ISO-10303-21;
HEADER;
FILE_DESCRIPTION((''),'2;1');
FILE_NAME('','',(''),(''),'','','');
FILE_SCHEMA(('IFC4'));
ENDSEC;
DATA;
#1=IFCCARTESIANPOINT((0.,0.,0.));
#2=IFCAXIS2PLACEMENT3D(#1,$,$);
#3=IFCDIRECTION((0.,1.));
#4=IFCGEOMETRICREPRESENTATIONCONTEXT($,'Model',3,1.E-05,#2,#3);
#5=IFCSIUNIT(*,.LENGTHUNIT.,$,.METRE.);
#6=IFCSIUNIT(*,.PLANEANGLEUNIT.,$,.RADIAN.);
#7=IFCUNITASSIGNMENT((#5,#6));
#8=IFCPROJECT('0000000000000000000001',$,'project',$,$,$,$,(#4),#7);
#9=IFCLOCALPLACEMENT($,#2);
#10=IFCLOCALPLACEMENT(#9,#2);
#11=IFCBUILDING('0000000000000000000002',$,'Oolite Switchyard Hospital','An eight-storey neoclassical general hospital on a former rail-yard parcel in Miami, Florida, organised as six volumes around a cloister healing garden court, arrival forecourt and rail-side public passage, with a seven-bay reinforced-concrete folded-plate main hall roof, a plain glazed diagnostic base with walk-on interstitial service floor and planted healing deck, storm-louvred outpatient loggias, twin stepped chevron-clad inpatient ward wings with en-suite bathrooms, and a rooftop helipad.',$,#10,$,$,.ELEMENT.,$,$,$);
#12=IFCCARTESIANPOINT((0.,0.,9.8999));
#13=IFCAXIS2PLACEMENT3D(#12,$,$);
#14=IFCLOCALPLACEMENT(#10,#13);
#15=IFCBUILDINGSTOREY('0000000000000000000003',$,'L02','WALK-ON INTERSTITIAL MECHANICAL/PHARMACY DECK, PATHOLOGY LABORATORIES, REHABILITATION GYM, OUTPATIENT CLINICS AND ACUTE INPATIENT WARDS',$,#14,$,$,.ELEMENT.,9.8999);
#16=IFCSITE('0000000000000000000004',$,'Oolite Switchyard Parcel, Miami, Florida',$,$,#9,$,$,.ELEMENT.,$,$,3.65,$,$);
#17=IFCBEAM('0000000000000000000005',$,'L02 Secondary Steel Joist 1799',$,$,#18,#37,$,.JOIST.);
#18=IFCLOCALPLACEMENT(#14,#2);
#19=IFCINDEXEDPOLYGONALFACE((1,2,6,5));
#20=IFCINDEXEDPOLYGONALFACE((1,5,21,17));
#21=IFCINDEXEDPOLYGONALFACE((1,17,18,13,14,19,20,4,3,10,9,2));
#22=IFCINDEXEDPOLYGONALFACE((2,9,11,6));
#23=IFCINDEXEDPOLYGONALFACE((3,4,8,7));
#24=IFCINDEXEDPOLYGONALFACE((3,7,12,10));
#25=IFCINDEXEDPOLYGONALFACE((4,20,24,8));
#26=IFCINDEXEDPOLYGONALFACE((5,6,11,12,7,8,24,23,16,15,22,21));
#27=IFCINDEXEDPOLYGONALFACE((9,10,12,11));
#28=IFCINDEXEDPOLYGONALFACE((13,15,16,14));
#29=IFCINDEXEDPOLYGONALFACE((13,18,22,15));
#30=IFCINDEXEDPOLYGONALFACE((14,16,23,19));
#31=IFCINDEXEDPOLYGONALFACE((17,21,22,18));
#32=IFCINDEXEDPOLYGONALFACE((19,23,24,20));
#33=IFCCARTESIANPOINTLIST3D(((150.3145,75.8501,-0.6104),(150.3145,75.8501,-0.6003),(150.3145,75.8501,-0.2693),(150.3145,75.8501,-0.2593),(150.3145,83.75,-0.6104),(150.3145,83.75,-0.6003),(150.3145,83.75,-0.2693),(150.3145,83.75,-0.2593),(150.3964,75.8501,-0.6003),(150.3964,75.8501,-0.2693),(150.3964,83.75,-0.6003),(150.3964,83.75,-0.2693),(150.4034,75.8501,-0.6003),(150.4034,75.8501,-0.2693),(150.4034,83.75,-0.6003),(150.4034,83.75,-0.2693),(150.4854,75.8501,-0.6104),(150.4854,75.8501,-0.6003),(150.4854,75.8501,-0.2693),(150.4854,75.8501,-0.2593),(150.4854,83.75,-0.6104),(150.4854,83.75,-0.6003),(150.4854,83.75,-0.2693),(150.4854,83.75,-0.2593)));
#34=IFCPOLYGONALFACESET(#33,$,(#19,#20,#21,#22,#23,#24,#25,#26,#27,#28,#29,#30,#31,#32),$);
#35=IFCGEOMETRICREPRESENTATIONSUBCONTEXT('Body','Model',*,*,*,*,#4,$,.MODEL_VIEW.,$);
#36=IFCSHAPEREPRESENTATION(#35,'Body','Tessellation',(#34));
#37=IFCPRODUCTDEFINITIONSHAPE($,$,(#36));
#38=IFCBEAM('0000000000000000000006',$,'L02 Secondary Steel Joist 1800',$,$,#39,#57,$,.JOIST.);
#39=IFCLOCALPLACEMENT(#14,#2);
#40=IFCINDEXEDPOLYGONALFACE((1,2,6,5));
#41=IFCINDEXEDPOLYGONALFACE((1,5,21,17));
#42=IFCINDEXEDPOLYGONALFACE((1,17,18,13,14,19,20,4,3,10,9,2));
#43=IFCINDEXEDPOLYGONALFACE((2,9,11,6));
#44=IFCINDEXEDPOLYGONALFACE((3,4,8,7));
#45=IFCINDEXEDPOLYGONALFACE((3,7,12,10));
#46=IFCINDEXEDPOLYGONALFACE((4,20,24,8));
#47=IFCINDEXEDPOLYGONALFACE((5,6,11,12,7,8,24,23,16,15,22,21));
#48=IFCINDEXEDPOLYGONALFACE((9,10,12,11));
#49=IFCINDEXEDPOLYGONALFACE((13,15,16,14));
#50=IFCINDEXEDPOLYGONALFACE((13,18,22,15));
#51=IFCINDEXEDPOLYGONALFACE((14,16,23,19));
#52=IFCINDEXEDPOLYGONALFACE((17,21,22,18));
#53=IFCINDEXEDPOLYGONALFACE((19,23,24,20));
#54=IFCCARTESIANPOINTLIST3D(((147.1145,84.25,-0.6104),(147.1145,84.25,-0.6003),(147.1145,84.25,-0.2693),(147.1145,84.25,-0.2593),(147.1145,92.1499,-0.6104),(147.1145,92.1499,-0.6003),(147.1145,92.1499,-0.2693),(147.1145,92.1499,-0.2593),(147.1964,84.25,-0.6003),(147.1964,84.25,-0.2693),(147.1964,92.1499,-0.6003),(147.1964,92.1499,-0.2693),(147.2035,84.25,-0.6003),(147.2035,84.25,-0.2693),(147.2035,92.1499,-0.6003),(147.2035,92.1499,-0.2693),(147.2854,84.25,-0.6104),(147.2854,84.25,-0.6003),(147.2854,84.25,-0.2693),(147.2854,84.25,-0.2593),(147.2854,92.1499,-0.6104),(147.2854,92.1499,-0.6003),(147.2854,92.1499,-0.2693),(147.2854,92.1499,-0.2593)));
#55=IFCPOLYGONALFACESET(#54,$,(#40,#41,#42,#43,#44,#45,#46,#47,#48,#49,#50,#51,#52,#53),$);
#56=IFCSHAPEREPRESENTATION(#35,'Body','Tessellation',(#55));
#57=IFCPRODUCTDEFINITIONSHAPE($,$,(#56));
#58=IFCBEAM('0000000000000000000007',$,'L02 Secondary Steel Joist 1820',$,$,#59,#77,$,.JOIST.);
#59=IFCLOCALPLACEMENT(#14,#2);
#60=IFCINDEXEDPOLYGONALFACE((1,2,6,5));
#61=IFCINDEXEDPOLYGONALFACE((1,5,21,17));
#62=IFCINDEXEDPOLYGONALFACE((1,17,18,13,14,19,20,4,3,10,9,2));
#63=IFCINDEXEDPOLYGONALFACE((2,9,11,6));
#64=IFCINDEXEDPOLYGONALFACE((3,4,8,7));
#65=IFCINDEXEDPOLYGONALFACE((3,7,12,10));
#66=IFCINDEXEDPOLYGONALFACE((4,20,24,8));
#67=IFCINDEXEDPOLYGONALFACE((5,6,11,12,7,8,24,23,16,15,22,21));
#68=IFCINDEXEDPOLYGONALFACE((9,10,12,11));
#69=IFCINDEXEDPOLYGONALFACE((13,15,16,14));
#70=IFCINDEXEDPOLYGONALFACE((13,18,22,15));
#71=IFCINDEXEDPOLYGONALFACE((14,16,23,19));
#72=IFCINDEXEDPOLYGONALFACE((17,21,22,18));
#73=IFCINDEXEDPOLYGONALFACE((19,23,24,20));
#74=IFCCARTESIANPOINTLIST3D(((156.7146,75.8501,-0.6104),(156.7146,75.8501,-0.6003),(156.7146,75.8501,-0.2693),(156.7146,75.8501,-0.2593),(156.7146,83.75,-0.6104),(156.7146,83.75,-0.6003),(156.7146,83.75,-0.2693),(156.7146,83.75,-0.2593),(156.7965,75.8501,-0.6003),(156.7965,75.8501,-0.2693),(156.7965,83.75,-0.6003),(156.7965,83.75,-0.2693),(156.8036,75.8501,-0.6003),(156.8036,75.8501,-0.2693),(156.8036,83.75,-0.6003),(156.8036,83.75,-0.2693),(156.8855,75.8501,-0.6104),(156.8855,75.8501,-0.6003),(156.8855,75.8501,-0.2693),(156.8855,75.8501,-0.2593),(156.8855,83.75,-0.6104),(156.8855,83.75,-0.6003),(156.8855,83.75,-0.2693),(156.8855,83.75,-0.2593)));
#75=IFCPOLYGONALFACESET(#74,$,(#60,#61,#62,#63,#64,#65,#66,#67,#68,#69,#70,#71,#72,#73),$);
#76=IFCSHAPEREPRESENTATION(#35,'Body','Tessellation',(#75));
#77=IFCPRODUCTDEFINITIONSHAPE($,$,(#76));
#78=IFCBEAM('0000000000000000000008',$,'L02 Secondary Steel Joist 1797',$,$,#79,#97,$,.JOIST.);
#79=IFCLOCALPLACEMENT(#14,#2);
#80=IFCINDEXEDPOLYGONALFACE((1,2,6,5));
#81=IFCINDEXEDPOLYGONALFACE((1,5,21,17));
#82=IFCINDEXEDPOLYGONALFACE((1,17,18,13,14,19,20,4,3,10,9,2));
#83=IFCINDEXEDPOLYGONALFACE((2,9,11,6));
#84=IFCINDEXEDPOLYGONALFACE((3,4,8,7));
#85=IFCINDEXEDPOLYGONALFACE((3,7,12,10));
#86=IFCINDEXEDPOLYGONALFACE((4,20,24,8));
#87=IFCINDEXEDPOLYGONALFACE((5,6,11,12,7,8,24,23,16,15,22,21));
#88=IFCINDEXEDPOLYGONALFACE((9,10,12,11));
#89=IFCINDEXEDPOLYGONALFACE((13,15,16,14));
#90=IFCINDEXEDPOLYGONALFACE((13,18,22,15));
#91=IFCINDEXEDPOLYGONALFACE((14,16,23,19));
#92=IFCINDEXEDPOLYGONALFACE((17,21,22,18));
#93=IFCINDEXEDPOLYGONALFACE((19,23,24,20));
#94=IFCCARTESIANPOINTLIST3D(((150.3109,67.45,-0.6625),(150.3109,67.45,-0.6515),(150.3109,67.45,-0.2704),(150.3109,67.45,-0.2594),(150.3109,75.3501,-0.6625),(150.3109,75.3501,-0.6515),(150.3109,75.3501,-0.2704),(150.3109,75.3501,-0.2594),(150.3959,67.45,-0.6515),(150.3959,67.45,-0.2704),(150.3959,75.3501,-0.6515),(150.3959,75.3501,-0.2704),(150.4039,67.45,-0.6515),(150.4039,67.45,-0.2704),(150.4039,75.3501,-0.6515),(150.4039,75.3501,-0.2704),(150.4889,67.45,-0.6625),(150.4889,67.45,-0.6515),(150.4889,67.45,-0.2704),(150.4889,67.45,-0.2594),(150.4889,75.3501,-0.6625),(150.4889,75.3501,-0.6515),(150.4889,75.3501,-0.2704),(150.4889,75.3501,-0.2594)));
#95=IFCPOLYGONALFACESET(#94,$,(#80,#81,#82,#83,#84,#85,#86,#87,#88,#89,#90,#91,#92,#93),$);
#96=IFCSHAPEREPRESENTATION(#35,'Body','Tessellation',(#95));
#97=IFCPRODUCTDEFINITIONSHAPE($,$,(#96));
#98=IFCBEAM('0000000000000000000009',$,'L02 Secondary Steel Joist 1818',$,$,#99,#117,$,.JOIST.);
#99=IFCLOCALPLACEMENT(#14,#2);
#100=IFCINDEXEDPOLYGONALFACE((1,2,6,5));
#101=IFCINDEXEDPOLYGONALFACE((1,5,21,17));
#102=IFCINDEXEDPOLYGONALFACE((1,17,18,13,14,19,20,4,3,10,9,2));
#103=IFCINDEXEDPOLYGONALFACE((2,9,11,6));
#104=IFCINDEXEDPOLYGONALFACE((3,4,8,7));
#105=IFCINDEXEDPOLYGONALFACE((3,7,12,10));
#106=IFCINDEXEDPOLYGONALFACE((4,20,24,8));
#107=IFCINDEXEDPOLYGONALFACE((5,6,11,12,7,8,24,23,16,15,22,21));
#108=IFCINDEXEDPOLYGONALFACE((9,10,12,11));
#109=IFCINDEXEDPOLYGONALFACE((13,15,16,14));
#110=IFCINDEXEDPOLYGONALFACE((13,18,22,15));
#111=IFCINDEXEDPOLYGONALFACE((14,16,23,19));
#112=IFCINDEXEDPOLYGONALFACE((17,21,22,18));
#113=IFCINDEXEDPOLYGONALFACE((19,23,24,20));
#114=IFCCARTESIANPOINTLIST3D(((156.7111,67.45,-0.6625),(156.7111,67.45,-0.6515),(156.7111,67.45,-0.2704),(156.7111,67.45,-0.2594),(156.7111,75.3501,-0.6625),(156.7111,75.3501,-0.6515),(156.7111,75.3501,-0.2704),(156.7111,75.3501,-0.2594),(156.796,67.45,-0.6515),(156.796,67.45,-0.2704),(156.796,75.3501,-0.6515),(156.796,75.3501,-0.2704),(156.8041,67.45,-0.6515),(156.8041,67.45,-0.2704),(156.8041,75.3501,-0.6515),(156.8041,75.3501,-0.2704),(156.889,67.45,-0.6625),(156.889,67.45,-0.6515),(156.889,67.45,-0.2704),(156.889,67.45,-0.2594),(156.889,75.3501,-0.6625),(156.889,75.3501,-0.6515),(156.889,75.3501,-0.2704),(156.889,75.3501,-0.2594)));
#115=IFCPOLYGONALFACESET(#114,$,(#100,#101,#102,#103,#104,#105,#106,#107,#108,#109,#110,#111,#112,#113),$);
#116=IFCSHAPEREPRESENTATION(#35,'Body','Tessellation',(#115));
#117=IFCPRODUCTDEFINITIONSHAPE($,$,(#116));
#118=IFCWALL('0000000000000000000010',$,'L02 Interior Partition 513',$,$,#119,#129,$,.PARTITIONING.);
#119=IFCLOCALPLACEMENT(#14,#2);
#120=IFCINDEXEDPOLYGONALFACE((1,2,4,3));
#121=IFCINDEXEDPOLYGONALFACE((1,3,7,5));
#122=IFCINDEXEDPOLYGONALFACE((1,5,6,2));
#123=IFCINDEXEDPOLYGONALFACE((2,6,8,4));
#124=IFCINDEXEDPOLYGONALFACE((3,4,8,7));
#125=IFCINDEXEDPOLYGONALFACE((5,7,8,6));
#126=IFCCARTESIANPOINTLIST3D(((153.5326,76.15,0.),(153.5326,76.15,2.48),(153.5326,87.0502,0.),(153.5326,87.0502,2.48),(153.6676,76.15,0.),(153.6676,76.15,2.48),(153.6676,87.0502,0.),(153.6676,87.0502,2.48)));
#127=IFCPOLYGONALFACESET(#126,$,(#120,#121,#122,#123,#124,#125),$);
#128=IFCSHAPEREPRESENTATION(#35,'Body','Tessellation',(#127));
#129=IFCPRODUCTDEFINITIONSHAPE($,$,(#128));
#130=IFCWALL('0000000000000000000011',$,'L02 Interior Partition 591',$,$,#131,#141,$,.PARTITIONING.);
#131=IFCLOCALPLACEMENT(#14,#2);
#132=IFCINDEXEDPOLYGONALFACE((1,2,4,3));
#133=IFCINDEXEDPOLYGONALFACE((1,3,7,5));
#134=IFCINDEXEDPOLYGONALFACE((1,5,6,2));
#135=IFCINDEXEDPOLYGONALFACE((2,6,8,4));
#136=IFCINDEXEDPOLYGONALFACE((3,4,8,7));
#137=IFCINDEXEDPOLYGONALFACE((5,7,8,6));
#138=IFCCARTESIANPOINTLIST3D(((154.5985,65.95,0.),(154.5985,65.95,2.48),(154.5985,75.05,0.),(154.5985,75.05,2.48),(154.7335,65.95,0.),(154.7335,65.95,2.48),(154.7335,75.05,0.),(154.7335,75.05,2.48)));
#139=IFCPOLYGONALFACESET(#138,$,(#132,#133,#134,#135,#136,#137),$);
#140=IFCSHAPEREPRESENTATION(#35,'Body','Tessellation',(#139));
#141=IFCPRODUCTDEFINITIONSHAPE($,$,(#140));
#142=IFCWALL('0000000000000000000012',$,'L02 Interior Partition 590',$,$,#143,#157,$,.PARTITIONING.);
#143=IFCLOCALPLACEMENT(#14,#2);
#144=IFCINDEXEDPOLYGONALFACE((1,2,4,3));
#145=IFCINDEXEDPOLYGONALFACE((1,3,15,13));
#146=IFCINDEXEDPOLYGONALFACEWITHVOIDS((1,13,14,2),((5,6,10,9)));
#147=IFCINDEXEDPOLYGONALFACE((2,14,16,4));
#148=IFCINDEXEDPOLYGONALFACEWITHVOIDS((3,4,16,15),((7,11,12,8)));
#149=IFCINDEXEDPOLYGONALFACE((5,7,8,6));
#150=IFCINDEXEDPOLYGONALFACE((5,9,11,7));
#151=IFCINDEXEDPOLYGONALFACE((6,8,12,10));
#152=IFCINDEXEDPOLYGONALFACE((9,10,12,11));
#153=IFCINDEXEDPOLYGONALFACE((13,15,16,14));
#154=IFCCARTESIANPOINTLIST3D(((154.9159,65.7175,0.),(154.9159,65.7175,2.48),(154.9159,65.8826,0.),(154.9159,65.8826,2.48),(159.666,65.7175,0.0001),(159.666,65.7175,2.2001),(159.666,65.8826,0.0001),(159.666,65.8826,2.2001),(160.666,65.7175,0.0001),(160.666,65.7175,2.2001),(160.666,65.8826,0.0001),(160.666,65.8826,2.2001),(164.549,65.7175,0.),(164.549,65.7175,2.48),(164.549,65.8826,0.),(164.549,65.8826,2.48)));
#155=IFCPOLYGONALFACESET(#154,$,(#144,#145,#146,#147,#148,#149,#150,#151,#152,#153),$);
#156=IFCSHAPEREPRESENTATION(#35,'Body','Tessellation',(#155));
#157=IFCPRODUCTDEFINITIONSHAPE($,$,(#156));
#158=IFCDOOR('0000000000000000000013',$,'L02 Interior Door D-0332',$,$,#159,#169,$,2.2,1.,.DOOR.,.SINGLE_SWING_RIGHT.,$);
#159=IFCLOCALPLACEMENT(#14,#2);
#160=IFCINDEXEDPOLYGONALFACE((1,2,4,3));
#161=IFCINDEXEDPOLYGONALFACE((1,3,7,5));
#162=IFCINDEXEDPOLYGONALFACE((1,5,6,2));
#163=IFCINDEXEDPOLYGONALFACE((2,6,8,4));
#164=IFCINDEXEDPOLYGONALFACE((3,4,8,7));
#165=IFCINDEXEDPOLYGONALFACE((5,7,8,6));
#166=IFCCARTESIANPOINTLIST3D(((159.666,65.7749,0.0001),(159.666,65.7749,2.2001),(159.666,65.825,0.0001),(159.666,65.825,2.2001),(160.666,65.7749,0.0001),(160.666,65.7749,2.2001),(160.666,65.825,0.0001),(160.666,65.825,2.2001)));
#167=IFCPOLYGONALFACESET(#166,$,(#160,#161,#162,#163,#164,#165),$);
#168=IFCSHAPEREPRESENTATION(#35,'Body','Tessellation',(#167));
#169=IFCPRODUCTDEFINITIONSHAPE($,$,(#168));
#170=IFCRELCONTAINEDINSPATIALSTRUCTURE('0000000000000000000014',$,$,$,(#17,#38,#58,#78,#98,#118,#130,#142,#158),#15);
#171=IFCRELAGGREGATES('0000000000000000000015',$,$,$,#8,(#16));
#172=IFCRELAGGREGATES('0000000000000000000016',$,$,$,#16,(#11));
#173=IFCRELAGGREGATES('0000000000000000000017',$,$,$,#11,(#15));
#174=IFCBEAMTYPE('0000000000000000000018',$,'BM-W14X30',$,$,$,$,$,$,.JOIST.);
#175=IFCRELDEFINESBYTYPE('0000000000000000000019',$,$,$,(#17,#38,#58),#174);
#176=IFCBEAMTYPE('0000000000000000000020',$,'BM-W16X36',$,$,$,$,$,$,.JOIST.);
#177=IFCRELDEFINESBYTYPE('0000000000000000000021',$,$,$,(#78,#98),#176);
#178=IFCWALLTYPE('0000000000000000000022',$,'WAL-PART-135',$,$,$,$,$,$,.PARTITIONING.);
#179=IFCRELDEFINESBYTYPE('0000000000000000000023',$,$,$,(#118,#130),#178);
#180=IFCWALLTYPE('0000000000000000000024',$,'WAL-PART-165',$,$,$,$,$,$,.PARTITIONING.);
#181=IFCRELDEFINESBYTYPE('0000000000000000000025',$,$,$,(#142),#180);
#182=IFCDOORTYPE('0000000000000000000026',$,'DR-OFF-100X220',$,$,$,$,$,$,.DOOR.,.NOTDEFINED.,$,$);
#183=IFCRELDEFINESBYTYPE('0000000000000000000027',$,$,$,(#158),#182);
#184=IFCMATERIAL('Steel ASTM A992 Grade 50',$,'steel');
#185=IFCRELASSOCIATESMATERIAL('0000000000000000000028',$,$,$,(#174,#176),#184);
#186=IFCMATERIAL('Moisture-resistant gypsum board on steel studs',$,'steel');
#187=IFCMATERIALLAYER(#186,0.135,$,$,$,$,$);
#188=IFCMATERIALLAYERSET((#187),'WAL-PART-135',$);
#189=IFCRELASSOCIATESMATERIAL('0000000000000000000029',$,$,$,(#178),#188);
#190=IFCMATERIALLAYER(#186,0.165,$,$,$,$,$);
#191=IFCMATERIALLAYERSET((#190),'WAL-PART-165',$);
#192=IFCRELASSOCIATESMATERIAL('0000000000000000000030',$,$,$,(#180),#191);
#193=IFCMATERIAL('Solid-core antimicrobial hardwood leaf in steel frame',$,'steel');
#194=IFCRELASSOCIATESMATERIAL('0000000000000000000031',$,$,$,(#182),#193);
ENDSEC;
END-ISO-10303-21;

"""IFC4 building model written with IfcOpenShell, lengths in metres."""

from ifc_helpers import new_model, si_unit, direction, frame, frame_2d, origin, origin_2d, place, context, subcontext, project, spatial, rectangle, i_section, extrude, material, layer, layer_set, material_profile, profile_set, type_object, element, fill, save


model = new_model("IFC4")

# Units and contexts
model_context = context("Model", 3, precision=1e-05, world=origin(), true_north=direction((0.0, 1.0)))
body_context = subcontext(model_context, "Body", "Model", "MODEL_VIEW")
ifc_project = project(units=[si_unit("LENGTHUNIT", "METRE"), si_unit("PLANEANGLEUNIT", "RADIAN")], contexts=[model_context])

# Site, building, storey
site_placement = place(None, origin())
site = spatial("IfcSite", under=ifc_project, at=site_placement, Name="Oolite Switchyard Parcel, Miami, Florida", CompositionType="ELEMENT", RefElevation=3.65)
building_placement = place(site_placement, origin())
building = spatial("IfcBuilding", under=site, at=building_placement, Name="Oolite Switchyard Hospital", Description="An eight-storey neoclassical general hospital on a former rail-yard parcel in Miami, Florida, organised as six volumes around a cloister healing garden court, arrival forecourt and rail-side public passage, with a seven-bay reinforced-concrete folded-plate main hall roof, a plain glazed diagnostic base with walk-on interstitial service floor and planted healing deck, storm-louvred outpatient loggias, twin stepped chevron-clad inpatient ward wings with en-suite bathrooms, and a rooftop helipad.", CompositionType="ELEMENT")
storey_placement = place(building_placement, frame((0.0, 0.0, 9.8999)))
storey = spatial("IfcBuildingStorey", under=building, at=storey_placement, Name="L02", Description="WALK-ON INTERSTITIAL MECHANICAL/PHARMACY DECK, PATHOLOGY LABORATORIES, REHABILITATION GYM, OUTPATIENT CLINICS AND ACUTE INPATIENT WARDS", CompositionType="ELEMENT", Elevation=9.8999)

# Beams
ifc_material_1 = material(Name="Steel ASTM A992 Grade 50", Category="steel")
ifc_material_profile_1 = material_profile(ifc_material_1, i_section(OverallWidth=0.1709, OverallDepth=0.3511, WebThickness=0.0071, FlangeThickness=0.01, at=origin_2d()), Name="W14X30")
ifc_profile_set_1 = profile_set([ifc_material_profile_1], Name="Steel ASTM A992 Grade 50")
beam_type_1 = type_object("IfcBeamType", Name="BM-W14X30", PredefinedType="JOIST", material=ifc_profile_set_1)
for number, where, z_axis, x_axis, name in (
    (1, (150.3999, 75.8501, -0.4348), (0.0, 1.0, 0.0), (-1.0, 0.0, 0.0), "L02 Secondary Steel Joist 1799"),
    (2, (147.2, 84.25, -0.4348), (0.0, 1.0, 0.0), (-1.0, 0.0, 0.0), "L02 Secondary Steel Joist 1800"),
    (3, (156.8, 75.8501, -0.4348), (0.0, 1.0, 0.0), (-1.0, 0.0, 0.0), "L02 Secondary Steel Joist 1820"),
):
    element("IfcBeam", number, at=place(storey_placement, frame(where, z_axis=z_axis, x_axis=x_axis)), inside=storey, type_object=beam_type_1, Name=name, PredefinedType="JOIST", context=body_context, shape_type="SweptSolid", body=[
        extrude(i_section(OverallWidth=0.1709, OverallDepth=0.3511, WebThickness=0.0071, FlangeThickness=0.01, at=origin_2d()), origin(), (0.0, 0.0, 1.0), 7.8999),
    ])
ifc_material_profile_2 = material_profile(ifc_material_1, i_section(OverallWidth=0.178, OverallDepth=0.4031, WebThickness=0.0081, FlangeThickness=0.011, at=origin_2d()), Name="W16X36")
ifc_profile_set_2 = profile_set([ifc_material_profile_2], Name="Steel ASTM A992 Grade 50")
beam_type_2 = type_object("IfcBeamType", Name="BM-W16X36", PredefinedType="JOIST", material=ifc_profile_set_2)
for number, where, z_axis, x_axis, name in (
    (4, (150.3999, 67.45, -0.4609), (0.0, 1.0, 0.0), (-1.0, 0.0, 0.0), "L02 Secondary Steel Joist 1797"),
    (5, (156.8, 67.45, -0.4609), (0.0, 1.0, 0.0), (-1.0, 0.0, 0.0), "L02 Secondary Steel Joist 1818"),
):
    element("IfcBeam", number, at=place(storey_placement, frame(where, z_axis=z_axis, x_axis=x_axis)), inside=storey, type_object=beam_type_2, Name=name, PredefinedType="JOIST", context=body_context, shape_type="SweptSolid", body=[
        extrude(i_section(OverallWidth=0.178, OverallDepth=0.4031, WebThickness=0.0081, FlangeThickness=0.011, at=origin_2d()), origin(), (0.0, 0.0, 1.0), 7.9001),
    ])

# Walls
ifc_material_2 = material(Name="Moisture-resistant gypsum board on steel studs", Category="steel")
ifc_layer_1 = layer(ifc_material_2, 0.135)
ifc_layer_set_1 = layer_set([ifc_layer_1], Name="WAL-PART-135")
wall_type_1 = type_object("IfcWallType", Name="WAL-PART-135", PredefinedType="PARTITIONING", material=ifc_layer_set_1)
wall_1_placement = place(storey_placement, frame((153.6001, 76.1499, 0.0), z_axis=(0.0, 0.0, 1.0), x_axis=(0.0, 1.0, 0.0)))
element("IfcWall", 6, at=wall_1_placement, inside=storey, type_object=wall_type_1, Name="L02 Interior Partition 513", PredefinedType="PARTITIONING", context=body_context, shape_type="SweptSolid", body=[
    extrude(rectangle(XDim=10.9001, YDim=0.135, at=frame_2d((5.4502, 0.0))), origin(), (0.0, 0.0, 1.0), 2.48),
])
wall_2_placement = place(storey_placement, frame((154.666, 65.95, 0.0), z_axis=(0.0, 0.0, 1.0), x_axis=(0.0, 1.0, 0.0)))
element("IfcWall", 7, at=wall_2_placement, inside=storey, type_object=wall_type_1, Name="L02 Interior Partition 591", PredefinedType="PARTITIONING", context=body_context, shape_type="SweptSolid", body=[
    extrude(rectangle(XDim=9.1001, YDim=0.135, at=frame_2d((4.55, 0.0))), origin(), (0.0, 0.0, 1.0), 2.48),
])

# Wall, opening, door
ifc_layer_2 = layer(ifc_material_2, 0.165)
ifc_layer_set_2 = layer_set([ifc_layer_2], Name="WAL-PART-165")
wall_type_2 = type_object("IfcWallType", Name="WAL-PART-165", PredefinedType="PARTITIONING", material=ifc_layer_set_2)
wall_3_placement = place(storey_placement, frame((154.916, 65.8, 0.0), z_axis=(0.0, 0.0, 1.0), x_axis=(1.0, 0.0, 0.0)))
wall_3 = element("IfcWall", 8, at=wall_3_placement, inside=storey, type_object=wall_type_2, Name="L02 Interior Partition 590", PredefinedType="PARTITIONING", context=body_context, shape_type="SweptSolid", body=[
    extrude(rectangle(XDim=9.6331, YDim=0.165, at=frame_2d((4.8164, 0.0))), origin(), (0.0, 0.0, 1.0), 2.48),
])
opening_placement = place(wall_3_placement, frame((4.75, 0.0, 0.0)))
opening = element("IfcOpeningElement", 9, at=opening_placement, cuts=wall_3, PredefinedType="OPENING", context=body_context, shape_type="SweptSolid", body=[
    extrude(rectangle(XDim=1.0, YDim=2.2, at=frame_2d((0.5, 1.1001))), frame((0.0, 0.0925, 0.0), z_axis=(0.0, -1.0, 0.0), x_axis=(1.0, 0.0, 0.0)), (0.0, 0.0, 1.0), 0.1851),
])
ifc_material_3 = material(Name="Solid-core antimicrobial hardwood leaf in steel frame", Category="steel")
door_type = type_object("IfcDoorType", Name="DR-OFF-100X220", OperationType="NOTDEFINED", PredefinedType="DOOR", material=ifc_material_3)
door_placement = place(opening_placement, origin())
door = element("IfcDoor", 10, at=door_placement, inside=storey, type_object=door_type, Name="L02 Interior Door D-0332", OperationType="SINGLE_SWING_RIGHT", OverallHeight=2.2, OverallWidth=1.0, PredefinedType="DOOR", context=body_context, shape_type="SweptSolid", body=[
    extrude(rectangle(XDim=1.0, YDim=2.2, at=frame_2d((0.5, 1.1001))), frame((0.0, 0.0249, 0.0), z_axis=(0.0, -1.0, 0.0), x_axis=(1.0, 0.0, 0.0)), (0.0, 0.0, 1.0), 0.05),
])
fill(opening, door)

save(model, "model.ifc")
